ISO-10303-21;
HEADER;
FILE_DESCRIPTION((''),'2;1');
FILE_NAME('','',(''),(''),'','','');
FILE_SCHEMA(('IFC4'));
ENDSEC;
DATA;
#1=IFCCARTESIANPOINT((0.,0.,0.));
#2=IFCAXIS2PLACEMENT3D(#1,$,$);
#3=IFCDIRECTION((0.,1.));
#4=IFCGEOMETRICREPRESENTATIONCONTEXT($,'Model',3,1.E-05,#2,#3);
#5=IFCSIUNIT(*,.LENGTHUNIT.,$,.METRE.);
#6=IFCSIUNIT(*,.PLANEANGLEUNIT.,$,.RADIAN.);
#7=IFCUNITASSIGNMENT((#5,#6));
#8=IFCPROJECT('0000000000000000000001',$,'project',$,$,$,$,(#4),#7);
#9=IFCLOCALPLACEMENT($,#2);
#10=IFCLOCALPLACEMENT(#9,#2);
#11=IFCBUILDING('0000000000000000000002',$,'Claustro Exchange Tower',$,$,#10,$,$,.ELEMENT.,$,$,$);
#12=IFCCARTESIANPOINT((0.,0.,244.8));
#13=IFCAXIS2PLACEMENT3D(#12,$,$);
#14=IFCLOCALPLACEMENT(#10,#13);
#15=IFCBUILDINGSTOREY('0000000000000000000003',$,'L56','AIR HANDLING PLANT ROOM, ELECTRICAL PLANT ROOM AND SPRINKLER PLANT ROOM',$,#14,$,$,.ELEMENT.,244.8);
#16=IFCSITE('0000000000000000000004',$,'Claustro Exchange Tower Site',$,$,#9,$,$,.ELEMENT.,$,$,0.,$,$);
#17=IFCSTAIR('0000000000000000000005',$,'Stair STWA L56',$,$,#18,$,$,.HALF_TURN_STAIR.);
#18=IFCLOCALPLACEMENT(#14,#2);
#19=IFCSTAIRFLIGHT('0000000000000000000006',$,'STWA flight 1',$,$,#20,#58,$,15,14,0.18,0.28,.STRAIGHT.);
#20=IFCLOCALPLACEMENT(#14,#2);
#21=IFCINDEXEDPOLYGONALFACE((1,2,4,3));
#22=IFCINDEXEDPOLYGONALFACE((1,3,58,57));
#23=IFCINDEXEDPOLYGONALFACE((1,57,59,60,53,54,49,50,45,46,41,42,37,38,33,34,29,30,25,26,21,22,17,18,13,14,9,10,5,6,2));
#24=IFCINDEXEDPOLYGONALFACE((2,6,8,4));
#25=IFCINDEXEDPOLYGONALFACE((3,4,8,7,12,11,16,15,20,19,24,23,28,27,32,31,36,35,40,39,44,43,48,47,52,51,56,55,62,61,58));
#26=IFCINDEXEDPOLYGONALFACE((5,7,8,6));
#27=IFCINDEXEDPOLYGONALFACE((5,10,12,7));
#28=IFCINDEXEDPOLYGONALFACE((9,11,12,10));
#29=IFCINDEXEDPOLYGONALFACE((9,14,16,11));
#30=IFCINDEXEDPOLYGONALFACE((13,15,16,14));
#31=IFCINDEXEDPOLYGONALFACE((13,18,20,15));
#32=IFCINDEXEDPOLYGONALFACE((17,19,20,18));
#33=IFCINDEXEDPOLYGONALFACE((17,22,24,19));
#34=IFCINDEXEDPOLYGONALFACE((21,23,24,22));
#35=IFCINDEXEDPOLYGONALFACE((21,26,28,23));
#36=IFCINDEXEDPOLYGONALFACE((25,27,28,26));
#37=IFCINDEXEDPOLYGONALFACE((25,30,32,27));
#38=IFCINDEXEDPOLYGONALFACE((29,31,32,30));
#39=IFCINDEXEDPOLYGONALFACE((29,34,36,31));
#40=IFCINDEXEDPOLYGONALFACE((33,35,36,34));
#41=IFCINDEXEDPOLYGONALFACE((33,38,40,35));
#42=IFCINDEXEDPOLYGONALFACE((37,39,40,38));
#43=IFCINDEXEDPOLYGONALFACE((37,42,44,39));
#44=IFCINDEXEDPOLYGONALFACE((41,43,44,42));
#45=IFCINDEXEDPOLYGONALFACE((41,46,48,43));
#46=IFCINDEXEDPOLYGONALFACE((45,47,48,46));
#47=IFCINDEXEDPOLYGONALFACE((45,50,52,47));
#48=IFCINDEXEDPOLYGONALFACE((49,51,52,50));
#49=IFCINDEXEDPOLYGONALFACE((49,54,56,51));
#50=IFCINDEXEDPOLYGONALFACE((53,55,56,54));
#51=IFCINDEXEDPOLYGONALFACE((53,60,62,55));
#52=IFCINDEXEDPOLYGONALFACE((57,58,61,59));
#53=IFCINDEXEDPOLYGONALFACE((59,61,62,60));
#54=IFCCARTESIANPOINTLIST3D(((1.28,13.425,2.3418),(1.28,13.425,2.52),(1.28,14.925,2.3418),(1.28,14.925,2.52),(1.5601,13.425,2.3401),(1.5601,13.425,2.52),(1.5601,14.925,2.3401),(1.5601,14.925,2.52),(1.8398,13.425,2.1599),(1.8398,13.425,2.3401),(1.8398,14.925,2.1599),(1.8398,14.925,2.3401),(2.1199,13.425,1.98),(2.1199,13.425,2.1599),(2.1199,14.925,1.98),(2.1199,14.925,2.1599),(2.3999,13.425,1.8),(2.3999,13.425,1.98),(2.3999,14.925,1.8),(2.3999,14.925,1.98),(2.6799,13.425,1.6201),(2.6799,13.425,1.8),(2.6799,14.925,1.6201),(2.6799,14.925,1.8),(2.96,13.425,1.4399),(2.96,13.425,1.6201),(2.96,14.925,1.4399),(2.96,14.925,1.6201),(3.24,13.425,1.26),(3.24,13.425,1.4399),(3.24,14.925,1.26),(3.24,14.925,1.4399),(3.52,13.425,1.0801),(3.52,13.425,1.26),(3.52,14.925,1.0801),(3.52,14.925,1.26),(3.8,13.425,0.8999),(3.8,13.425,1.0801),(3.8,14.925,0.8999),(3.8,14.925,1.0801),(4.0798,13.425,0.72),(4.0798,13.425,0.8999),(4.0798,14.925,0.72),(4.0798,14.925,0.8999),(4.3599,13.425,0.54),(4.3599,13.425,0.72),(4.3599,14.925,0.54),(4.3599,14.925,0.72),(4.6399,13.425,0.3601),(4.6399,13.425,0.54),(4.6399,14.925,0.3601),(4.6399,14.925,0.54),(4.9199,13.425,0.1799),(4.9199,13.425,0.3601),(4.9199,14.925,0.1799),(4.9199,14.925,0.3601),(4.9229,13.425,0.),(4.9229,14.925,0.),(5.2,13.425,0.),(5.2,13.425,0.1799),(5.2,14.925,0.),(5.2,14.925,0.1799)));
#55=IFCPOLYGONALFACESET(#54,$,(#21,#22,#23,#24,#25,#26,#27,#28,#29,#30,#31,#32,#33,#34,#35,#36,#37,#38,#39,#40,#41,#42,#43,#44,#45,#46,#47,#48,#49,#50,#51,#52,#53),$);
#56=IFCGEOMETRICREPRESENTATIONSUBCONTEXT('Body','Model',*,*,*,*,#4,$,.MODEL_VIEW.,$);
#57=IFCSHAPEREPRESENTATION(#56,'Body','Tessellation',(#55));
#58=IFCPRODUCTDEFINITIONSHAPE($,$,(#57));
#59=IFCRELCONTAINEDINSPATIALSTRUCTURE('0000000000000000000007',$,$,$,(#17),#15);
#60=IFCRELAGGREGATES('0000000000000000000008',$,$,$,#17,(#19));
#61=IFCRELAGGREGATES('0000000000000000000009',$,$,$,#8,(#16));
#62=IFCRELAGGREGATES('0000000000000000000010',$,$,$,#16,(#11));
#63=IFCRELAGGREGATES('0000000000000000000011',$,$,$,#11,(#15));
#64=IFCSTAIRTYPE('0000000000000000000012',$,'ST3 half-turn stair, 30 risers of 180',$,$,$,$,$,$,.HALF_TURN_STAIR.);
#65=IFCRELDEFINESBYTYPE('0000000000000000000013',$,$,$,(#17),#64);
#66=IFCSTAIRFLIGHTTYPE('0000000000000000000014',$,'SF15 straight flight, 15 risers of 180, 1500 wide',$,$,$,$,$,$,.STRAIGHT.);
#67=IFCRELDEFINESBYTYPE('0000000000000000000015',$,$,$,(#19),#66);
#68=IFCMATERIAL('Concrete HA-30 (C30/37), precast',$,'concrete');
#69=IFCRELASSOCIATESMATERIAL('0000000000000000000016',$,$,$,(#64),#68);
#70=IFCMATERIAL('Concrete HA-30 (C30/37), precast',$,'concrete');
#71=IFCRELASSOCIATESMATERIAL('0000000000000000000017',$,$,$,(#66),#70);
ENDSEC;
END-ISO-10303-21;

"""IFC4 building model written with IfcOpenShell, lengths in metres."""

from ifc_helpers import new_model, si_unit, direction, frame, origin, place, context, subcontext, project, spatial, polyline, outline, extrude, material, type_object, element, aggregate, save


model = new_model("IFC4")

# Units and contexts
model_context = context("Model", 3, precision=1e-05, world=origin(), true_north=direction((0.0, 1.0)))
body_context = subcontext(model_context, "Body", "Model", "MODEL_VIEW")
ifc_project = project(units=[si_unit("LENGTHUNIT", "METRE"), si_unit("PLANEANGLEUNIT", "RADIAN")], contexts=[model_context])

# Site, building, storey
site_placement = place(None, origin())
site = spatial("IfcSite", under=ifc_project, at=site_placement, Name="Claustro Exchange Tower Site", CompositionType="ELEMENT", RefElevation=0.0)
building_placement = place(site_placement, origin())
building = spatial("IfcBuilding", under=site, at=building_placement, Name="Claustro Exchange Tower", CompositionType="ELEMENT")
storey_placement = place(building_placement, frame((0.0, 0.0, 244.8)))
storey = spatial("IfcBuildingStorey", under=building, at=storey_placement, Name="L56", Description="AIR HANDLING PLANT ROOM, ELECTRICAL PLANT ROOM AND SPRINKLER PLANT ROOM", CompositionType="ELEMENT", Elevation=244.8)

# Stair, stair flight
ifc_material_1 = material(Name="Concrete HA-30 (C30/37), precast", Category="concrete")
stair_type = type_object("IfcStairType", Name="ST3 half-turn stair, 30 risers of 180", PredefinedType="HALF_TURN_STAIR", material=ifc_material_1)
stair_placement = place(storey_placement, origin())
stair = element("IfcStair", 1, at=stair_placement, inside=storey, type_object=stair_type, Name="Stair STWA L56", PredefinedType="HALF_TURN_STAIR")
ifc_material_2 = material(Name="Concrete HA-30 (C30/37), precast", Category="concrete")
stair_flight_type = type_object("IfcStairFlightType", Name="SF15 straight flight, 15 risers of 180, 1500 wide", PredefinedType="STRAIGHT", material=ifc_material_2)
stair_flight_placement = place(storey_placement, frame((5.2, 14.175, 0.0), z_axis=(0.0, 0.0, 1.0), x_axis=(-1.0, 0.0, 0.0)))
stair_flight = element("IfcStairFlight", 2, at=stair_flight_placement, type_object=stair_flight_type, Name="STWA flight 1", NumberOfRisers=15, NumberOfTreads=14, PredefinedType="STRAIGHT", RiserHeight=0.18, TreadLength=0.28, context=body_context, shape_type="SweptSolid", body=[
    extrude(outline(polyline([(0.0, 0.0), (0.0, 0.1799), (0.28, 0.1799), (0.28, 0.3601), (0.5601, 0.3601), (0.5601, 0.54), (0.8401, 0.54), (0.8401, 0.72), (1.1201, 0.72), (1.1201, 0.8999), (1.3999, 0.8999), (1.3999, 1.0801), (1.6799, 1.0801), (1.6799, 1.26), (1.96, 1.26), (1.96, 1.4399), (2.24, 1.4399), (2.24, 1.6201), (2.52, 1.6201), (2.52, 1.8), (2.8, 1.8), (2.8, 1.98), (3.0801, 1.98), (3.0801, 2.1599), (3.3601, 2.1599), (3.3601, 2.3401), (3.6399, 2.3401), (3.6399, 2.52), (3.9199, 2.52), (3.9199, 2.7), (3.9199, 2.3418), (0.2771, 0.0), (0.0, 0.0)])), frame((0.0, 0.75, 0.0), z_axis=(0.0, -1.0, 0.0), x_axis=(1.0, 0.0, 0.0)), (0.0, 0.0, 1.0), 1.5),
])
aggregate(stair, [stair_flight])

save(model, "model.ifc")
